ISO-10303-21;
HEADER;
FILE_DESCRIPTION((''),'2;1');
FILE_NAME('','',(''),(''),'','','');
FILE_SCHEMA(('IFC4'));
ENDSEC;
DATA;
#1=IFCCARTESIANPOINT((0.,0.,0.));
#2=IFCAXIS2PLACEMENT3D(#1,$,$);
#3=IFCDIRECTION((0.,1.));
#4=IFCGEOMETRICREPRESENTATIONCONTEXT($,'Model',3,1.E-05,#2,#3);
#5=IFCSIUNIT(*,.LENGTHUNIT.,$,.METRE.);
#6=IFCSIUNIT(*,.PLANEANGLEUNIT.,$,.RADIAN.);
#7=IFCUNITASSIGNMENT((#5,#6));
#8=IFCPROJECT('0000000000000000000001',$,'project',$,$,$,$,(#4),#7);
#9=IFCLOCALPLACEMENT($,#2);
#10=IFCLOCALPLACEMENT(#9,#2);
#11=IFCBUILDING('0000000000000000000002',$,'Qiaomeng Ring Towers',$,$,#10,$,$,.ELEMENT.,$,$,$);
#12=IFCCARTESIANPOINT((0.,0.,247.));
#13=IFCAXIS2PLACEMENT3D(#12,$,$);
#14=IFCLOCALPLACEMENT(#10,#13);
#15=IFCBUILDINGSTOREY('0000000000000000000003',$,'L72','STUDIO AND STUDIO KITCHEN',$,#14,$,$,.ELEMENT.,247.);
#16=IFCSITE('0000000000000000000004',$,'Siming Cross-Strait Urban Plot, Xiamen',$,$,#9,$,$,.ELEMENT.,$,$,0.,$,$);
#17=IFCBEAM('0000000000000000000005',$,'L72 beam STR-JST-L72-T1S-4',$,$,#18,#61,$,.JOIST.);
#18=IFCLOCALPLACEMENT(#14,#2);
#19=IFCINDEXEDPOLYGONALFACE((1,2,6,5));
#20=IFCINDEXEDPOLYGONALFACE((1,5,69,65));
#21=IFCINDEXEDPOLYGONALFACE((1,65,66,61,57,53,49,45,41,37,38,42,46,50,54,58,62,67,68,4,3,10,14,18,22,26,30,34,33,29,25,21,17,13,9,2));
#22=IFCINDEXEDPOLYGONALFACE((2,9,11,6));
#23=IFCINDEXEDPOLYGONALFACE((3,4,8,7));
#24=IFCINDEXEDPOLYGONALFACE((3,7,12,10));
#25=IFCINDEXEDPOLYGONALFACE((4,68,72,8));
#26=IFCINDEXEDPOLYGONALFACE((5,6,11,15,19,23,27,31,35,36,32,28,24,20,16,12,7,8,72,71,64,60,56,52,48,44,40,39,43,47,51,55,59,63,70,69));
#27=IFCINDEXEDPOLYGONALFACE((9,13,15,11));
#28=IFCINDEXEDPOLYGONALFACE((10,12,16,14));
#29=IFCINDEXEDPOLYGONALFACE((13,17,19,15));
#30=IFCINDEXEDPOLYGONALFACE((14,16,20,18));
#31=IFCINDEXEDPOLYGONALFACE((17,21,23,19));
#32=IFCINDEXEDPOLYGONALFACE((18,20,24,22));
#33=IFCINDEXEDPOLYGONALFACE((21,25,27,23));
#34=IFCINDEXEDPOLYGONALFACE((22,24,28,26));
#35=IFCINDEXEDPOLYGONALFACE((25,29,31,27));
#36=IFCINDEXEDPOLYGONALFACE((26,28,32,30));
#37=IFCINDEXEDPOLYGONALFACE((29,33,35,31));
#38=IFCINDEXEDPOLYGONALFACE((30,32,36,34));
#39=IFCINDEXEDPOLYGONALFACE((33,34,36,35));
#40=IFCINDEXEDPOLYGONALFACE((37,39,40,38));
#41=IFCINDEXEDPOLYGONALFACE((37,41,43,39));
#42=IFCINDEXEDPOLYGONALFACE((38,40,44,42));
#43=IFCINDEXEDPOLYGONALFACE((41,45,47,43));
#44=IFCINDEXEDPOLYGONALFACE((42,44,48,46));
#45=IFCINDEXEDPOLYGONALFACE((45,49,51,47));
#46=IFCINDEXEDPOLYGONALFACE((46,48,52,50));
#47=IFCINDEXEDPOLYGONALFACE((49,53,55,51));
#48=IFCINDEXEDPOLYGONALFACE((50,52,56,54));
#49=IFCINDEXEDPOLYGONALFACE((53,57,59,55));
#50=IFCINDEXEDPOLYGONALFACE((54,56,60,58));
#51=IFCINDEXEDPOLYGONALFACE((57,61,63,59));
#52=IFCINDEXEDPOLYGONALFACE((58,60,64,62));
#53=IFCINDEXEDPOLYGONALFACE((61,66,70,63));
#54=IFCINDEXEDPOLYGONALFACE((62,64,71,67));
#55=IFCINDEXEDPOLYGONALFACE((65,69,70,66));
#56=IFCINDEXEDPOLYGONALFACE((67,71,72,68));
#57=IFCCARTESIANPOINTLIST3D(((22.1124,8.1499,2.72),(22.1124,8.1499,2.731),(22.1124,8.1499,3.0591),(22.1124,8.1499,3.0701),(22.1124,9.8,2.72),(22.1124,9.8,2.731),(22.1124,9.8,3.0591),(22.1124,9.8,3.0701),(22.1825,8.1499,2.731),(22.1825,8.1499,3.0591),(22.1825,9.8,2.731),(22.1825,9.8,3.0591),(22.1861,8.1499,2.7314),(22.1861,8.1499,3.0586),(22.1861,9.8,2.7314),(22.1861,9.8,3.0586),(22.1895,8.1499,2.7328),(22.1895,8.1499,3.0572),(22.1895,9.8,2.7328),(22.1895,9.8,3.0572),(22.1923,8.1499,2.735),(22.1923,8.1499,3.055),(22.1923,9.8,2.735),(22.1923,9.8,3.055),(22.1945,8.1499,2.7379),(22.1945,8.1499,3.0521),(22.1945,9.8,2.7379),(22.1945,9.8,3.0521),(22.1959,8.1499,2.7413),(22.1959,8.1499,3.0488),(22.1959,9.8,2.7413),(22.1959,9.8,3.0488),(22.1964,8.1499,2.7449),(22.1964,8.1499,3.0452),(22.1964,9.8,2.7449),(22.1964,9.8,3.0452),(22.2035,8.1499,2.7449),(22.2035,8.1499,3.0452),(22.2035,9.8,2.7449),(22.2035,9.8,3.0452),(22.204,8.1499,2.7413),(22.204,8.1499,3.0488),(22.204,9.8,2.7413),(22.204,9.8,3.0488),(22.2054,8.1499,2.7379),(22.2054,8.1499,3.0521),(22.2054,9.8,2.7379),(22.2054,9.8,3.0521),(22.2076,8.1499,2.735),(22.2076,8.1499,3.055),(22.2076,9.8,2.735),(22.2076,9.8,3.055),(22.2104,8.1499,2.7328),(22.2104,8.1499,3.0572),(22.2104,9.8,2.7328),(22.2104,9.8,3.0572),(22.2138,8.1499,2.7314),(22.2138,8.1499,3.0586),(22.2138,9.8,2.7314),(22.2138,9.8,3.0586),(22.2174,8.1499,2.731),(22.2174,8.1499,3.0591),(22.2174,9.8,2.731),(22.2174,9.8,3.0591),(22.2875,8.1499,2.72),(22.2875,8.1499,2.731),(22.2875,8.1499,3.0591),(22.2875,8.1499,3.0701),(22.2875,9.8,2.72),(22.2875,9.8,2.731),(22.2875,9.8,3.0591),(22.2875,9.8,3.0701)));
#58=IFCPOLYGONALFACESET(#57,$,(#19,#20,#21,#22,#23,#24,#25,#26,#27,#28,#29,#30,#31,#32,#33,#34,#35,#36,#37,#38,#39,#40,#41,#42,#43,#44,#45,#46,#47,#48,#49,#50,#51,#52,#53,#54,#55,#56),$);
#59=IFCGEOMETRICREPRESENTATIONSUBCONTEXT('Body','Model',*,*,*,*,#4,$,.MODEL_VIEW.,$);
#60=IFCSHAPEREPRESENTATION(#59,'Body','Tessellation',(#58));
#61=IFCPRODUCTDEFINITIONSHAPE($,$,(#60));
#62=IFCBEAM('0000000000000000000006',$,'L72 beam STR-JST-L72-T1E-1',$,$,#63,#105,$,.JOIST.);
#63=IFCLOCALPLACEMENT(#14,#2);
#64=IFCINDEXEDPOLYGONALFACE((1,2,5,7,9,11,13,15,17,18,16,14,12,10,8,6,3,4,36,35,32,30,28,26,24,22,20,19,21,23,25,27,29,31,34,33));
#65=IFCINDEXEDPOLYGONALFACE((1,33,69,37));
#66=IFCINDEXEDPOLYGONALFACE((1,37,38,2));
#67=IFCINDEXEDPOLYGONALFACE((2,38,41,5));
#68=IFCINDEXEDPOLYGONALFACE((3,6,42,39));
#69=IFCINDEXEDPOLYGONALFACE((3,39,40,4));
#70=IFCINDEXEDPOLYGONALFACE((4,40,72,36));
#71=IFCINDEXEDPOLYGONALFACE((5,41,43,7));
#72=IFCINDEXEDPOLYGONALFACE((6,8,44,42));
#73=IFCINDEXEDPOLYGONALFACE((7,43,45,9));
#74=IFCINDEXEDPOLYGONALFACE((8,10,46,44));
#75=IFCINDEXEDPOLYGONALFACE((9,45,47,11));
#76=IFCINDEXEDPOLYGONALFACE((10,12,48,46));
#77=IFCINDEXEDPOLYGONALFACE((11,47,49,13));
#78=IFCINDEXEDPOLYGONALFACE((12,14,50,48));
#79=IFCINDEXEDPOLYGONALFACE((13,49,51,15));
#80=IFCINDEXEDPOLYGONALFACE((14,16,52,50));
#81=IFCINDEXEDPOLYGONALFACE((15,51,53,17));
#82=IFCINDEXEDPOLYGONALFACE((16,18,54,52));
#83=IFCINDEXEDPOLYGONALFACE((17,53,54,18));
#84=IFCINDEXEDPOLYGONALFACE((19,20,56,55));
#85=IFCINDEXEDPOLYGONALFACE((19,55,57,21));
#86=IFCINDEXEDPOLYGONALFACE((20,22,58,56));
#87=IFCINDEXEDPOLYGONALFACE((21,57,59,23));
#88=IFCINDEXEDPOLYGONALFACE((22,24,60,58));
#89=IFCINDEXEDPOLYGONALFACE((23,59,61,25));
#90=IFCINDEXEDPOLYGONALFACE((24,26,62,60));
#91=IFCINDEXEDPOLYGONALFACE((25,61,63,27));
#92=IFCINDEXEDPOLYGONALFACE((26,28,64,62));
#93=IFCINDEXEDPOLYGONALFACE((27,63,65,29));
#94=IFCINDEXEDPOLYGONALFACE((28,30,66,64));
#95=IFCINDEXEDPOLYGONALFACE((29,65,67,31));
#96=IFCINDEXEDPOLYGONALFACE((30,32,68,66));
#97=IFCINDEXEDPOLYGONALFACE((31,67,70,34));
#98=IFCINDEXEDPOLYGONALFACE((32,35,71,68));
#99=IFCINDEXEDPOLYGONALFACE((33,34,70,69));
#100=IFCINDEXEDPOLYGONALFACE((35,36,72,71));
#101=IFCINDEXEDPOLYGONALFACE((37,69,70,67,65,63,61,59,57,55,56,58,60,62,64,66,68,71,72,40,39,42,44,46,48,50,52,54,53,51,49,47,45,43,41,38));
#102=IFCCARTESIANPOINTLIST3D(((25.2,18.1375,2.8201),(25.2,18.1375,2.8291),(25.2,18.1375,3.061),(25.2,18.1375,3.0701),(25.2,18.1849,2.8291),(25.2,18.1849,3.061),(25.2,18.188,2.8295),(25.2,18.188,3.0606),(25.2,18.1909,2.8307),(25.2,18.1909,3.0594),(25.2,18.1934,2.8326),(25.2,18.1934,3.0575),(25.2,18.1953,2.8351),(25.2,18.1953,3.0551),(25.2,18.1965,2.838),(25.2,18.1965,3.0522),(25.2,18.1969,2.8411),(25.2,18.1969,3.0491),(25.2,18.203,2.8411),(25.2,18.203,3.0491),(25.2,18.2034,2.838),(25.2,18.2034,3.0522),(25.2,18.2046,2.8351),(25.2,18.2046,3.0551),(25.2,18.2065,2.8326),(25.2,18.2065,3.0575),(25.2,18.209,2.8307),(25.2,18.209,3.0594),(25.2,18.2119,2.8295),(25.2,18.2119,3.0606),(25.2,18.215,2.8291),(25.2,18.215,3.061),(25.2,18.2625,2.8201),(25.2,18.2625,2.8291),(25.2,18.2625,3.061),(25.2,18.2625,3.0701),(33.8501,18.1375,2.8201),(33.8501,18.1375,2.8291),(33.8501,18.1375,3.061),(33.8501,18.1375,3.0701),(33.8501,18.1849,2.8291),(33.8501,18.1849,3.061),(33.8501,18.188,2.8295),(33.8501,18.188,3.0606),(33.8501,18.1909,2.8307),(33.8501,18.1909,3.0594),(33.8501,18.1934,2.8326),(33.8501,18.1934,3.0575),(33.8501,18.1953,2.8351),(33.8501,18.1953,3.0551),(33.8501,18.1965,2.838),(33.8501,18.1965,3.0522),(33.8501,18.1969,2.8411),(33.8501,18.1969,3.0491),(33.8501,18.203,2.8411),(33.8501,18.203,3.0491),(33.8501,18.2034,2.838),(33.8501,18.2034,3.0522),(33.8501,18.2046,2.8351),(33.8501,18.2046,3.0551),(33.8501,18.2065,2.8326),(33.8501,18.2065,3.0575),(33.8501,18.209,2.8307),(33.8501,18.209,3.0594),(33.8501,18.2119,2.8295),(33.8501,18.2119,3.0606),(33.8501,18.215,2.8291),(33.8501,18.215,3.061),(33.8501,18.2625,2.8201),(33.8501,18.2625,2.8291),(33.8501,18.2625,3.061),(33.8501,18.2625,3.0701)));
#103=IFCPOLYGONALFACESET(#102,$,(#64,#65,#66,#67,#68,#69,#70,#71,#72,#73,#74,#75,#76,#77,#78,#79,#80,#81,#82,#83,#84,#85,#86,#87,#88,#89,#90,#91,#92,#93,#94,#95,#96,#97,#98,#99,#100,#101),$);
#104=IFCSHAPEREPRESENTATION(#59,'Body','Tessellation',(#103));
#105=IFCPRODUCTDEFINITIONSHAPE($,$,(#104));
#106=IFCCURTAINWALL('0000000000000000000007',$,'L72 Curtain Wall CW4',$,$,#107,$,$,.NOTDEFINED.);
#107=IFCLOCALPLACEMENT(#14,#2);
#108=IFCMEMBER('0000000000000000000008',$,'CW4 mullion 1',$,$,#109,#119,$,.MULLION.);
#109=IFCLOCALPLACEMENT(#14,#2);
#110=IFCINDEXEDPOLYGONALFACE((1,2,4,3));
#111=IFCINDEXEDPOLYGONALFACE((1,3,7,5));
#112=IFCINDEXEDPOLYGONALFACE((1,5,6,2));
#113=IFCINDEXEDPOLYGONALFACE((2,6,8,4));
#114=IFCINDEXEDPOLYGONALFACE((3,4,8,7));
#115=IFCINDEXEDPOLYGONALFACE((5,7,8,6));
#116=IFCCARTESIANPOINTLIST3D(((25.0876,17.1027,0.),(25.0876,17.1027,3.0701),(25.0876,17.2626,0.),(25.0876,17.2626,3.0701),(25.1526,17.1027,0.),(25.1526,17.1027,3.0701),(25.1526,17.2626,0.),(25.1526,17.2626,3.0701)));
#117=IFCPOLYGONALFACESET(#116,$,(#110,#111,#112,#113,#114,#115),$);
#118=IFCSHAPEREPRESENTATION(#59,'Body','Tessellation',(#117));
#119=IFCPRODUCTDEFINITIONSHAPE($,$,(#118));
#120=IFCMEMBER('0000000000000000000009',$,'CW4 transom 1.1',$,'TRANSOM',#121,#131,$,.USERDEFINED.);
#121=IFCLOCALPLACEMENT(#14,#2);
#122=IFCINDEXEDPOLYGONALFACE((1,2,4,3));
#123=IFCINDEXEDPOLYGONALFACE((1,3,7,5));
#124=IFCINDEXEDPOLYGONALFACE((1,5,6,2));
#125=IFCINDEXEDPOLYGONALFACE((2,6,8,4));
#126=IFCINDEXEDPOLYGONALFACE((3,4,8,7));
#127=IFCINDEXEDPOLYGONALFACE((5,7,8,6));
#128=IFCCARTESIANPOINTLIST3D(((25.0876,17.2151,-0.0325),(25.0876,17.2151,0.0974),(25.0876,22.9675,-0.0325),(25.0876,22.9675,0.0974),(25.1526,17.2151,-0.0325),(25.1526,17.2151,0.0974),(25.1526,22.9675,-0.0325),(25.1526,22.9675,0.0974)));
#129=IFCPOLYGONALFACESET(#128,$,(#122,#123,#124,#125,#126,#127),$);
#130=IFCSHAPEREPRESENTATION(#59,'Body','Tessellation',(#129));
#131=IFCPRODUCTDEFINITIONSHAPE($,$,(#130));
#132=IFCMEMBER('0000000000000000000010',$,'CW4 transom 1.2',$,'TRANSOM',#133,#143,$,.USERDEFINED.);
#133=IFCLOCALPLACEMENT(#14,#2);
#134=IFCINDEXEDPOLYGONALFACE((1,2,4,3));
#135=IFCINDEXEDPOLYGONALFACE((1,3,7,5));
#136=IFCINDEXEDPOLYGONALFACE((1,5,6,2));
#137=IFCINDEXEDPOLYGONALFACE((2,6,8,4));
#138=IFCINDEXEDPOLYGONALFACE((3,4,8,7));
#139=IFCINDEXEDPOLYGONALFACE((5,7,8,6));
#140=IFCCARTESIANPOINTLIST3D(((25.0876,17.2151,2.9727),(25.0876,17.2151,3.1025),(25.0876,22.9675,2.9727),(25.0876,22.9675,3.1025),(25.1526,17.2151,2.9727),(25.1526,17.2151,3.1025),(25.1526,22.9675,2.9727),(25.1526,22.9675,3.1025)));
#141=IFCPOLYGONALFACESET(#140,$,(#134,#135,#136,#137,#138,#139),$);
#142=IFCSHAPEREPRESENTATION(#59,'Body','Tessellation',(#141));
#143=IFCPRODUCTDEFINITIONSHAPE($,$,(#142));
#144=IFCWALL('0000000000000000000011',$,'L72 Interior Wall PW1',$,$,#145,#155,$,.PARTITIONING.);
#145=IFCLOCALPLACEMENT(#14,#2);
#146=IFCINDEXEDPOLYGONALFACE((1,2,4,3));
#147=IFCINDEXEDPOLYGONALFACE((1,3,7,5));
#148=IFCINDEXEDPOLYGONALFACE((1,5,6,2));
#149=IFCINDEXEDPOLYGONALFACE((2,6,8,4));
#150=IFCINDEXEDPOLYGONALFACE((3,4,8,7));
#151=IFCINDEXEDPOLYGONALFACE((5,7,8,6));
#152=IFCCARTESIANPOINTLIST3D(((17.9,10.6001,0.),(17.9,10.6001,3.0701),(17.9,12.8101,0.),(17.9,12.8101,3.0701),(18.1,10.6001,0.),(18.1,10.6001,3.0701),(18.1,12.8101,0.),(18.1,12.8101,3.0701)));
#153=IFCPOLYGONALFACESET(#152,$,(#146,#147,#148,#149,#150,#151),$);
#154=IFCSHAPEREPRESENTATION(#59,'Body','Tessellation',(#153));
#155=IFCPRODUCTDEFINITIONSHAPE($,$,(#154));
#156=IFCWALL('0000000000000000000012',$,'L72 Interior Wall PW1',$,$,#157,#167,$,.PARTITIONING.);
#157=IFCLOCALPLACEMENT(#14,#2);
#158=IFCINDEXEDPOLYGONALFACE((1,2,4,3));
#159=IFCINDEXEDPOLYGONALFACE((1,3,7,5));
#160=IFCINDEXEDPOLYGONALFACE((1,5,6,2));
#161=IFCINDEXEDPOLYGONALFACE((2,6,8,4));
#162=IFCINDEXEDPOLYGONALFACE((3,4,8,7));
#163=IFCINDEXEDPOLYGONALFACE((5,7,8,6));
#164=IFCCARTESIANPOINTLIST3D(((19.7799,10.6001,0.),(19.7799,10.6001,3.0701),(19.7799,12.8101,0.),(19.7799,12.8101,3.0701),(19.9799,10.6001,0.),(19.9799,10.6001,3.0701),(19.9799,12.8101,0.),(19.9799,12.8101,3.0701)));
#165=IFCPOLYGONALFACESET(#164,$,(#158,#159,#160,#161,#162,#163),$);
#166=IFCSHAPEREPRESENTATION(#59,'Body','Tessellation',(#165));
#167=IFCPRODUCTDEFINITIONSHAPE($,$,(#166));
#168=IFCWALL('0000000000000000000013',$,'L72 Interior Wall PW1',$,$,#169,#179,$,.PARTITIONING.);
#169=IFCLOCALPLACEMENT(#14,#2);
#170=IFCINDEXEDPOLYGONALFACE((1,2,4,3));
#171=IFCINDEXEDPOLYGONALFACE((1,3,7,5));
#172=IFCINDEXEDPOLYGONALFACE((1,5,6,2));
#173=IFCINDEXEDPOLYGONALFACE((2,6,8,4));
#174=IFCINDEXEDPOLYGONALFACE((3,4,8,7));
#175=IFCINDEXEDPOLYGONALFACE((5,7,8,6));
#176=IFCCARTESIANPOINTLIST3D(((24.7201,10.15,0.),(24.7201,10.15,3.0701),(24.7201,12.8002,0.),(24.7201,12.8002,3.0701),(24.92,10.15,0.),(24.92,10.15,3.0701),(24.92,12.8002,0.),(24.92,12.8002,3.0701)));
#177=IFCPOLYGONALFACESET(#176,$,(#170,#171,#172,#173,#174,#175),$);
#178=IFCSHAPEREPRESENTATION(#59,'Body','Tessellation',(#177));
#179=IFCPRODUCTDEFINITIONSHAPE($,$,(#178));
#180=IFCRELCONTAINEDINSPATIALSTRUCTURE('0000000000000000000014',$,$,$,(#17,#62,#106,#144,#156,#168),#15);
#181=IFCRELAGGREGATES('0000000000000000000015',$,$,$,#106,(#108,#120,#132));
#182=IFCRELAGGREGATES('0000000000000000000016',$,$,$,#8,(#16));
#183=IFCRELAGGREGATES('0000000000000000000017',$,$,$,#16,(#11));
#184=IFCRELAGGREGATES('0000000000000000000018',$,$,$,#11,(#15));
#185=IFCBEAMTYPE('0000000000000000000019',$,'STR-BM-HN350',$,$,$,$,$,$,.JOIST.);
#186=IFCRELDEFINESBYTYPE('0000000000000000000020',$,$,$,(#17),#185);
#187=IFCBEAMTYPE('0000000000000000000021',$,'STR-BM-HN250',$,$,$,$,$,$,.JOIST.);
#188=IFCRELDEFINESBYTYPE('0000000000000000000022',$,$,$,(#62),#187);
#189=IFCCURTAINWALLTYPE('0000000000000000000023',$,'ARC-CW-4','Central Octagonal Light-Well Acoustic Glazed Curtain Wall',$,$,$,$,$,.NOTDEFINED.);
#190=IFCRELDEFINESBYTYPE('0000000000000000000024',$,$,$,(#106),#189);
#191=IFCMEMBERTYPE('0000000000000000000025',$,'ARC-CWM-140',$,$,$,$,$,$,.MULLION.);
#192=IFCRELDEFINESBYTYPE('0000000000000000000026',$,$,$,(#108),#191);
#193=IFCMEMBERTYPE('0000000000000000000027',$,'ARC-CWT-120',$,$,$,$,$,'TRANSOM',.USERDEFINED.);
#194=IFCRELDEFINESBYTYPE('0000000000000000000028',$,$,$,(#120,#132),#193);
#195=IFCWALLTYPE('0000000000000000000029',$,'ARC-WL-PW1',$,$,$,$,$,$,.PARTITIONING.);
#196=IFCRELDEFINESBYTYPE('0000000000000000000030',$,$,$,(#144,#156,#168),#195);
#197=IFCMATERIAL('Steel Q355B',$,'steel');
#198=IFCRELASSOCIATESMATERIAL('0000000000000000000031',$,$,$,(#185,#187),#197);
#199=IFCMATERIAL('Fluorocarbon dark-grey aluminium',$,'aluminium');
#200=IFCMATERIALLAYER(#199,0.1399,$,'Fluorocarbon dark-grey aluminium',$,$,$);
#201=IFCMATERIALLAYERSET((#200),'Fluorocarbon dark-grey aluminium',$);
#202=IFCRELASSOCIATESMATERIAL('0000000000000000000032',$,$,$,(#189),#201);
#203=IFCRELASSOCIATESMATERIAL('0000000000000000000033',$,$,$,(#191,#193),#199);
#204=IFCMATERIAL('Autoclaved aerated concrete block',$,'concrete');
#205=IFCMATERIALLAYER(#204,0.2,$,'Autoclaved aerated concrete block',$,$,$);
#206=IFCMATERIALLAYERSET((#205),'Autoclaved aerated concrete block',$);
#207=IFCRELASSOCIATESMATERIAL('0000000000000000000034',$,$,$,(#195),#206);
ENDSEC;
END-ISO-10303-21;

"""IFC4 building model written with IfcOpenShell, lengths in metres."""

from ifc_helpers import new_model, si_unit, direction, frame, frame_2d, origin, origin_2d, place, context, subcontext, project, spatial, rectangle, i_section, extrude, source, transform, mapped, material, layer, layer_set, material_profile, profile_set, type_object, element, aggregate, save


model = new_model("IFC4")

# Units and contexts
model_context = context("Model", 3, precision=1e-05, world=origin(), true_north=direction((0.0, 1.0)))
body_context = subcontext(model_context, "Body", "Model", "MODEL_VIEW")
ifc_project = project(units=[si_unit("LENGTHUNIT", "METRE"), si_unit("PLANEANGLEUNIT", "RADIAN")], contexts=[model_context])

# Site, building, storey
site_placement = place(None, origin())
site = spatial("IfcSite", under=ifc_project, at=site_placement, Name="Siming Cross-Strait Urban Plot, Xiamen", CompositionType="ELEMENT", RefElevation=0.0)
building_placement = place(site_placement, origin())
building = spatial("IfcBuilding", under=site, at=building_placement, Name="Qiaomeng Ring Towers", CompositionType="ELEMENT")
storey_placement = place(building_placement, frame((0.0, 0.0, 247.0)))
storey = spatial("IfcBuildingStorey", under=building, at=storey_placement, Name="L72", Description="STUDIO AND STUDIO KITCHEN", CompositionType="ELEMENT", Elevation=247.0)

# Beams
ifc_material_1 = material(Name="Steel Q355B", Category="steel")
ifc_material_profile_1 = material_profile(ifc_material_1, i_section(OverallWidth=0.175, OverallDepth=0.3501, WebThickness=0.0071, FlangeThickness=0.011, FilletRadius=0.0139, at=origin_2d()), Name="HN 350x175x7x11")
ifc_profile_set_1 = profile_set([ifc_material_profile_1], Name="Steel Q355B")
beam_type_1 = type_object("IfcBeamType", Name="STR-BM-HN350", PredefinedType="JOIST", material=ifc_profile_set_1)
shared_shape_1 = source(origin(), body_context, "Body", "SweptSolid", [
    extrude(i_section(OverallWidth=0.175, OverallDepth=0.3501, WebThickness=0.0071, FlangeThickness=0.011, FilletRadius=0.0139, at=origin_2d()), origin(), (0.0, 0.0, 1.0), 1.6501),
])
for number, where, z_axis, x_axis, name in (
    (1, (22.2, 8.1499, 2.895), (0.0, 1.0, 0.0), (-1.0, 0.0, 0.0), "L72 beam STR-JST-L72-T1S-4"),
):
    element("IfcBeam", number, at=place(storey_placement, frame(where, z_axis=z_axis, x_axis=x_axis)), inside=storey, type_object=beam_type_1, Name=name, PredefinedType="JOIST", context=body_context, shape_type="MappedRepresentation", body=[
        mapped(shared_shape_1, transform((0.0, 0.0, 0.0), x_axis=(1.0, 0.0, 0.0), y_axis=(0.0, 1.0, 0.0), z_axis=(0.0, 0.0, 1.0), scale=1.0)),
    ])
ifc_material_profile_2 = material_profile(ifc_material_1, i_section(OverallWidth=0.125, OverallDepth=0.25, WebThickness=0.0061, FlangeThickness=0.009, FilletRadius=0.012, at=origin_2d()), Name="HN 250x125x6x9")
ifc_profile_set_2 = profile_set([ifc_material_profile_2], Name="Steel Q355B")
beam_type_2 = type_object("IfcBeamType", Name="STR-BM-HN250", PredefinedType="JOIST", material=ifc_profile_set_2)
shared_shape_2 = source(origin(), body_context, "Body", "SweptSolid", [
    extrude(i_section(OverallWidth=0.125, OverallDepth=0.25, WebThickness=0.0061, FlangeThickness=0.009, FilletRadius=0.012, at=origin_2d()), origin(), (0.0, 0.0, 1.0), 8.6501),
])
beam_1_placement = place(storey_placement, frame((25.2, 18.2, 2.9451), z_axis=(1.0, 0.0, 0.0), x_axis=(0.0, 1.0, 0.0)))
element("IfcBeam", 2, at=beam_1_placement, inside=storey, type_object=beam_type_2, Name="L72 beam STR-JST-L72-T1E-1", PredefinedType="JOIST", context=body_context, shape_type="MappedRepresentation", body=[
    mapped(shared_shape_2, transform((0.0, 0.0, 0.0), x_axis=(1.0, 0.0, 0.0), y_axis=(0.0, 1.0, 0.0), z_axis=(0.0, 0.0, 1.0), scale=1.0)),
])

# Curtain wall, members
ifc_material_2 = material(Name="Fluorocarbon dark-grey aluminium", Category="aluminium")
ifc_layer_1 = layer(ifc_material_2, 0.1399, Name="Fluorocarbon dark-grey aluminium")
ifc_layer_set_1 = layer_set([ifc_layer_1], Name="Fluorocarbon dark-grey aluminium")
curtain_wall_type = type_object("IfcCurtainWallType", Name="ARC-CW-4", Description="Central Octagonal Light-Well Acoustic Glazed Curtain Wall", PredefinedType="NOTDEFINED", material=ifc_layer_set_1)
curtain_wall_placement = place(storey_placement, origin())
curtain_wall = element("IfcCurtainWall", 3, at=curtain_wall_placement, inside=storey, type_object=curtain_wall_type, Name="L72 Curtain Wall CW4", PredefinedType="NOTDEFINED")
ifc_material_profile_3 = material_profile(ifc_material_2, rectangle(XDim=0.0649, YDim=0.1599, at=origin_2d()), Name="ALU MULL 65x160")
ifc_profile_set_3 = profile_set([ifc_material_profile_3], Name="Fluorocarbon dark-grey aluminium")
member_type_1 = type_object("IfcMemberType", Name="ARC-CWM-140", PredefinedType="MULLION", material=ifc_profile_set_3)
shared_shape_3 = source(origin(), body_context, "Body", "SweptSolid", [
    extrude(rectangle(XDim=0.0649, YDim=0.1599, at=origin_2d()), origin(), (0.0, 0.0, 1.0), 3.0701),
])
member_1_placement = place(storey_placement, frame((25.1201, 17.1826, 0.0), z_axis=(0.0, 0.0, 1.0), x_axis=(-1.0, 0.0, 0.0)))
member_1 = element("IfcMember", 4, at=member_1_placement, type_object=member_type_1, Name="CW4 mullion 1", PredefinedType="MULLION", context=body_context, shape_type="MappedRepresentation", body=[
    mapped(shared_shape_3, transform((0.0, 0.0, 0.0), x_axis=(1.0, 0.0, 0.0), y_axis=(0.0, 1.0, 0.0), z_axis=(0.0, 0.0, 1.0), scale=1.0)),
])
ifc_material_profile_4 = material_profile(ifc_material_2, rectangle(XDim=0.0649, YDim=0.1299, at=origin_2d()), Name="ALU TRAN 65x130")
ifc_profile_set_4 = profile_set([ifc_material_profile_4], Name="Fluorocarbon dark-grey aluminium")
member_type_2 = type_object("IfcMemberType", Name="ARC-CWT-120", ElementType="TRANSOM", PredefinedType="USERDEFINED", material=ifc_profile_set_4)
shared_shape_4 = source(origin(), body_context, "Body", "SweptSolid", [
    extrude(rectangle(XDim=0.0649, YDim=0.1299, at=origin_2d()), origin(), (0.0, 0.0, 1.0), 5.7524),
])
member_2_placement = place(storey_placement, frame((25.1201, 17.2151, 0.0325), z_axis=(0.0, 1.0, 0.0), x_axis=(-1.0, 0.0, 0.0)))
member_2 = element("IfcMember", 5, at=member_2_placement, type_object=member_type_2, Name="CW4 transom 1.1", ObjectType="TRANSOM", PredefinedType="USERDEFINED", context=body_context, shape_type="MappedRepresentation", body=[
    mapped(shared_shape_4, transform((0.0, 0.0, 0.0), x_axis=(1.0, 0.0, 0.0), y_axis=(0.0, 1.0, 0.0), z_axis=(0.0, 0.0, 1.0), scale=1.0)),
])
member_3_placement = place(storey_placement, frame((25.1201, 17.2151, 3.0376), z_axis=(0.0, 1.0, 0.0), x_axis=(-1.0, 0.0, 0.0)))
member_3 = element("IfcMember", 6, at=member_3_placement, type_object=member_type_2, Name="CW4 transom 1.2", ObjectType="TRANSOM", PredefinedType="USERDEFINED", context=body_context, shape_type="MappedRepresentation", body=[
    mapped(shared_shape_4, transform((0.0, 0.0, 0.0), x_axis=(1.0, 0.0, 0.0), y_axis=(0.0, 1.0, 0.0), z_axis=(0.0, 0.0, 1.0), scale=1.0)),
])
aggregate(curtain_wall, [member_1, member_2, member_3])

# Walls
ifc_material_3 = material(Name="Autoclaved aerated concrete block", Category="concrete")
ifc_layer_2 = layer(ifc_material_3, 0.2, Name="Autoclaved aerated concrete block")
ifc_layer_set_2 = layer_set([ifc_layer_2], Name="Autoclaved aerated concrete block")
wall_type_1 = type_object("IfcWallType", Name="ARC-WL-PW1", PredefinedType="PARTITIONING", material=ifc_layer_set_2)
for number, where, z_axis, x_axis, name in (
    (7, (18.0, 10.6001, 0.0), (0.0, 0.0, 1.0), (0.0, 1.0, 0.0), "L72 Interior Wall PW1"),
    (8, (19.8799, 10.6001, 0.0), (0.0, 0.0, 1.0), (0.0, 1.0, 0.0), "L72 Interior Wall PW1"),
):
    element("IfcWall", number, at=place(storey_placement, frame(where, z_axis=z_axis, x_axis=x_axis)), inside=storey, type_object=wall_type_1, Name=name, PredefinedType="PARTITIONING", context=body_context, shape_type="SweptSolid", body=[
        extrude(rectangle(XDim=2.21, YDim=0.2, at=frame_2d((1.105, 0.0))), origin(), (0.0, 0.0, 1.0), 3.0701),
    ])
wall_1_placement = place(storey_placement, frame((24.8201, 10.1499, 0.0), z_axis=(0.0, 0.0, 1.0), x_axis=(0.0, 1.0, 0.0)))
element("IfcWall", 9, at=wall_1_placement, inside=storey, type_object=wall_type_1, Name="L72 Interior Wall PW1", PredefinedType="PARTITIONING", context=body_context, shape_type="SweptSolid", body=[
    extrude(rectangle(XDim=2.6501, YDim=0.2, at=frame_2d((1.3252, 0.0))), origin(), (0.0, 0.0, 1.0), 3.0701),
])

save(model, "model.ifc")
